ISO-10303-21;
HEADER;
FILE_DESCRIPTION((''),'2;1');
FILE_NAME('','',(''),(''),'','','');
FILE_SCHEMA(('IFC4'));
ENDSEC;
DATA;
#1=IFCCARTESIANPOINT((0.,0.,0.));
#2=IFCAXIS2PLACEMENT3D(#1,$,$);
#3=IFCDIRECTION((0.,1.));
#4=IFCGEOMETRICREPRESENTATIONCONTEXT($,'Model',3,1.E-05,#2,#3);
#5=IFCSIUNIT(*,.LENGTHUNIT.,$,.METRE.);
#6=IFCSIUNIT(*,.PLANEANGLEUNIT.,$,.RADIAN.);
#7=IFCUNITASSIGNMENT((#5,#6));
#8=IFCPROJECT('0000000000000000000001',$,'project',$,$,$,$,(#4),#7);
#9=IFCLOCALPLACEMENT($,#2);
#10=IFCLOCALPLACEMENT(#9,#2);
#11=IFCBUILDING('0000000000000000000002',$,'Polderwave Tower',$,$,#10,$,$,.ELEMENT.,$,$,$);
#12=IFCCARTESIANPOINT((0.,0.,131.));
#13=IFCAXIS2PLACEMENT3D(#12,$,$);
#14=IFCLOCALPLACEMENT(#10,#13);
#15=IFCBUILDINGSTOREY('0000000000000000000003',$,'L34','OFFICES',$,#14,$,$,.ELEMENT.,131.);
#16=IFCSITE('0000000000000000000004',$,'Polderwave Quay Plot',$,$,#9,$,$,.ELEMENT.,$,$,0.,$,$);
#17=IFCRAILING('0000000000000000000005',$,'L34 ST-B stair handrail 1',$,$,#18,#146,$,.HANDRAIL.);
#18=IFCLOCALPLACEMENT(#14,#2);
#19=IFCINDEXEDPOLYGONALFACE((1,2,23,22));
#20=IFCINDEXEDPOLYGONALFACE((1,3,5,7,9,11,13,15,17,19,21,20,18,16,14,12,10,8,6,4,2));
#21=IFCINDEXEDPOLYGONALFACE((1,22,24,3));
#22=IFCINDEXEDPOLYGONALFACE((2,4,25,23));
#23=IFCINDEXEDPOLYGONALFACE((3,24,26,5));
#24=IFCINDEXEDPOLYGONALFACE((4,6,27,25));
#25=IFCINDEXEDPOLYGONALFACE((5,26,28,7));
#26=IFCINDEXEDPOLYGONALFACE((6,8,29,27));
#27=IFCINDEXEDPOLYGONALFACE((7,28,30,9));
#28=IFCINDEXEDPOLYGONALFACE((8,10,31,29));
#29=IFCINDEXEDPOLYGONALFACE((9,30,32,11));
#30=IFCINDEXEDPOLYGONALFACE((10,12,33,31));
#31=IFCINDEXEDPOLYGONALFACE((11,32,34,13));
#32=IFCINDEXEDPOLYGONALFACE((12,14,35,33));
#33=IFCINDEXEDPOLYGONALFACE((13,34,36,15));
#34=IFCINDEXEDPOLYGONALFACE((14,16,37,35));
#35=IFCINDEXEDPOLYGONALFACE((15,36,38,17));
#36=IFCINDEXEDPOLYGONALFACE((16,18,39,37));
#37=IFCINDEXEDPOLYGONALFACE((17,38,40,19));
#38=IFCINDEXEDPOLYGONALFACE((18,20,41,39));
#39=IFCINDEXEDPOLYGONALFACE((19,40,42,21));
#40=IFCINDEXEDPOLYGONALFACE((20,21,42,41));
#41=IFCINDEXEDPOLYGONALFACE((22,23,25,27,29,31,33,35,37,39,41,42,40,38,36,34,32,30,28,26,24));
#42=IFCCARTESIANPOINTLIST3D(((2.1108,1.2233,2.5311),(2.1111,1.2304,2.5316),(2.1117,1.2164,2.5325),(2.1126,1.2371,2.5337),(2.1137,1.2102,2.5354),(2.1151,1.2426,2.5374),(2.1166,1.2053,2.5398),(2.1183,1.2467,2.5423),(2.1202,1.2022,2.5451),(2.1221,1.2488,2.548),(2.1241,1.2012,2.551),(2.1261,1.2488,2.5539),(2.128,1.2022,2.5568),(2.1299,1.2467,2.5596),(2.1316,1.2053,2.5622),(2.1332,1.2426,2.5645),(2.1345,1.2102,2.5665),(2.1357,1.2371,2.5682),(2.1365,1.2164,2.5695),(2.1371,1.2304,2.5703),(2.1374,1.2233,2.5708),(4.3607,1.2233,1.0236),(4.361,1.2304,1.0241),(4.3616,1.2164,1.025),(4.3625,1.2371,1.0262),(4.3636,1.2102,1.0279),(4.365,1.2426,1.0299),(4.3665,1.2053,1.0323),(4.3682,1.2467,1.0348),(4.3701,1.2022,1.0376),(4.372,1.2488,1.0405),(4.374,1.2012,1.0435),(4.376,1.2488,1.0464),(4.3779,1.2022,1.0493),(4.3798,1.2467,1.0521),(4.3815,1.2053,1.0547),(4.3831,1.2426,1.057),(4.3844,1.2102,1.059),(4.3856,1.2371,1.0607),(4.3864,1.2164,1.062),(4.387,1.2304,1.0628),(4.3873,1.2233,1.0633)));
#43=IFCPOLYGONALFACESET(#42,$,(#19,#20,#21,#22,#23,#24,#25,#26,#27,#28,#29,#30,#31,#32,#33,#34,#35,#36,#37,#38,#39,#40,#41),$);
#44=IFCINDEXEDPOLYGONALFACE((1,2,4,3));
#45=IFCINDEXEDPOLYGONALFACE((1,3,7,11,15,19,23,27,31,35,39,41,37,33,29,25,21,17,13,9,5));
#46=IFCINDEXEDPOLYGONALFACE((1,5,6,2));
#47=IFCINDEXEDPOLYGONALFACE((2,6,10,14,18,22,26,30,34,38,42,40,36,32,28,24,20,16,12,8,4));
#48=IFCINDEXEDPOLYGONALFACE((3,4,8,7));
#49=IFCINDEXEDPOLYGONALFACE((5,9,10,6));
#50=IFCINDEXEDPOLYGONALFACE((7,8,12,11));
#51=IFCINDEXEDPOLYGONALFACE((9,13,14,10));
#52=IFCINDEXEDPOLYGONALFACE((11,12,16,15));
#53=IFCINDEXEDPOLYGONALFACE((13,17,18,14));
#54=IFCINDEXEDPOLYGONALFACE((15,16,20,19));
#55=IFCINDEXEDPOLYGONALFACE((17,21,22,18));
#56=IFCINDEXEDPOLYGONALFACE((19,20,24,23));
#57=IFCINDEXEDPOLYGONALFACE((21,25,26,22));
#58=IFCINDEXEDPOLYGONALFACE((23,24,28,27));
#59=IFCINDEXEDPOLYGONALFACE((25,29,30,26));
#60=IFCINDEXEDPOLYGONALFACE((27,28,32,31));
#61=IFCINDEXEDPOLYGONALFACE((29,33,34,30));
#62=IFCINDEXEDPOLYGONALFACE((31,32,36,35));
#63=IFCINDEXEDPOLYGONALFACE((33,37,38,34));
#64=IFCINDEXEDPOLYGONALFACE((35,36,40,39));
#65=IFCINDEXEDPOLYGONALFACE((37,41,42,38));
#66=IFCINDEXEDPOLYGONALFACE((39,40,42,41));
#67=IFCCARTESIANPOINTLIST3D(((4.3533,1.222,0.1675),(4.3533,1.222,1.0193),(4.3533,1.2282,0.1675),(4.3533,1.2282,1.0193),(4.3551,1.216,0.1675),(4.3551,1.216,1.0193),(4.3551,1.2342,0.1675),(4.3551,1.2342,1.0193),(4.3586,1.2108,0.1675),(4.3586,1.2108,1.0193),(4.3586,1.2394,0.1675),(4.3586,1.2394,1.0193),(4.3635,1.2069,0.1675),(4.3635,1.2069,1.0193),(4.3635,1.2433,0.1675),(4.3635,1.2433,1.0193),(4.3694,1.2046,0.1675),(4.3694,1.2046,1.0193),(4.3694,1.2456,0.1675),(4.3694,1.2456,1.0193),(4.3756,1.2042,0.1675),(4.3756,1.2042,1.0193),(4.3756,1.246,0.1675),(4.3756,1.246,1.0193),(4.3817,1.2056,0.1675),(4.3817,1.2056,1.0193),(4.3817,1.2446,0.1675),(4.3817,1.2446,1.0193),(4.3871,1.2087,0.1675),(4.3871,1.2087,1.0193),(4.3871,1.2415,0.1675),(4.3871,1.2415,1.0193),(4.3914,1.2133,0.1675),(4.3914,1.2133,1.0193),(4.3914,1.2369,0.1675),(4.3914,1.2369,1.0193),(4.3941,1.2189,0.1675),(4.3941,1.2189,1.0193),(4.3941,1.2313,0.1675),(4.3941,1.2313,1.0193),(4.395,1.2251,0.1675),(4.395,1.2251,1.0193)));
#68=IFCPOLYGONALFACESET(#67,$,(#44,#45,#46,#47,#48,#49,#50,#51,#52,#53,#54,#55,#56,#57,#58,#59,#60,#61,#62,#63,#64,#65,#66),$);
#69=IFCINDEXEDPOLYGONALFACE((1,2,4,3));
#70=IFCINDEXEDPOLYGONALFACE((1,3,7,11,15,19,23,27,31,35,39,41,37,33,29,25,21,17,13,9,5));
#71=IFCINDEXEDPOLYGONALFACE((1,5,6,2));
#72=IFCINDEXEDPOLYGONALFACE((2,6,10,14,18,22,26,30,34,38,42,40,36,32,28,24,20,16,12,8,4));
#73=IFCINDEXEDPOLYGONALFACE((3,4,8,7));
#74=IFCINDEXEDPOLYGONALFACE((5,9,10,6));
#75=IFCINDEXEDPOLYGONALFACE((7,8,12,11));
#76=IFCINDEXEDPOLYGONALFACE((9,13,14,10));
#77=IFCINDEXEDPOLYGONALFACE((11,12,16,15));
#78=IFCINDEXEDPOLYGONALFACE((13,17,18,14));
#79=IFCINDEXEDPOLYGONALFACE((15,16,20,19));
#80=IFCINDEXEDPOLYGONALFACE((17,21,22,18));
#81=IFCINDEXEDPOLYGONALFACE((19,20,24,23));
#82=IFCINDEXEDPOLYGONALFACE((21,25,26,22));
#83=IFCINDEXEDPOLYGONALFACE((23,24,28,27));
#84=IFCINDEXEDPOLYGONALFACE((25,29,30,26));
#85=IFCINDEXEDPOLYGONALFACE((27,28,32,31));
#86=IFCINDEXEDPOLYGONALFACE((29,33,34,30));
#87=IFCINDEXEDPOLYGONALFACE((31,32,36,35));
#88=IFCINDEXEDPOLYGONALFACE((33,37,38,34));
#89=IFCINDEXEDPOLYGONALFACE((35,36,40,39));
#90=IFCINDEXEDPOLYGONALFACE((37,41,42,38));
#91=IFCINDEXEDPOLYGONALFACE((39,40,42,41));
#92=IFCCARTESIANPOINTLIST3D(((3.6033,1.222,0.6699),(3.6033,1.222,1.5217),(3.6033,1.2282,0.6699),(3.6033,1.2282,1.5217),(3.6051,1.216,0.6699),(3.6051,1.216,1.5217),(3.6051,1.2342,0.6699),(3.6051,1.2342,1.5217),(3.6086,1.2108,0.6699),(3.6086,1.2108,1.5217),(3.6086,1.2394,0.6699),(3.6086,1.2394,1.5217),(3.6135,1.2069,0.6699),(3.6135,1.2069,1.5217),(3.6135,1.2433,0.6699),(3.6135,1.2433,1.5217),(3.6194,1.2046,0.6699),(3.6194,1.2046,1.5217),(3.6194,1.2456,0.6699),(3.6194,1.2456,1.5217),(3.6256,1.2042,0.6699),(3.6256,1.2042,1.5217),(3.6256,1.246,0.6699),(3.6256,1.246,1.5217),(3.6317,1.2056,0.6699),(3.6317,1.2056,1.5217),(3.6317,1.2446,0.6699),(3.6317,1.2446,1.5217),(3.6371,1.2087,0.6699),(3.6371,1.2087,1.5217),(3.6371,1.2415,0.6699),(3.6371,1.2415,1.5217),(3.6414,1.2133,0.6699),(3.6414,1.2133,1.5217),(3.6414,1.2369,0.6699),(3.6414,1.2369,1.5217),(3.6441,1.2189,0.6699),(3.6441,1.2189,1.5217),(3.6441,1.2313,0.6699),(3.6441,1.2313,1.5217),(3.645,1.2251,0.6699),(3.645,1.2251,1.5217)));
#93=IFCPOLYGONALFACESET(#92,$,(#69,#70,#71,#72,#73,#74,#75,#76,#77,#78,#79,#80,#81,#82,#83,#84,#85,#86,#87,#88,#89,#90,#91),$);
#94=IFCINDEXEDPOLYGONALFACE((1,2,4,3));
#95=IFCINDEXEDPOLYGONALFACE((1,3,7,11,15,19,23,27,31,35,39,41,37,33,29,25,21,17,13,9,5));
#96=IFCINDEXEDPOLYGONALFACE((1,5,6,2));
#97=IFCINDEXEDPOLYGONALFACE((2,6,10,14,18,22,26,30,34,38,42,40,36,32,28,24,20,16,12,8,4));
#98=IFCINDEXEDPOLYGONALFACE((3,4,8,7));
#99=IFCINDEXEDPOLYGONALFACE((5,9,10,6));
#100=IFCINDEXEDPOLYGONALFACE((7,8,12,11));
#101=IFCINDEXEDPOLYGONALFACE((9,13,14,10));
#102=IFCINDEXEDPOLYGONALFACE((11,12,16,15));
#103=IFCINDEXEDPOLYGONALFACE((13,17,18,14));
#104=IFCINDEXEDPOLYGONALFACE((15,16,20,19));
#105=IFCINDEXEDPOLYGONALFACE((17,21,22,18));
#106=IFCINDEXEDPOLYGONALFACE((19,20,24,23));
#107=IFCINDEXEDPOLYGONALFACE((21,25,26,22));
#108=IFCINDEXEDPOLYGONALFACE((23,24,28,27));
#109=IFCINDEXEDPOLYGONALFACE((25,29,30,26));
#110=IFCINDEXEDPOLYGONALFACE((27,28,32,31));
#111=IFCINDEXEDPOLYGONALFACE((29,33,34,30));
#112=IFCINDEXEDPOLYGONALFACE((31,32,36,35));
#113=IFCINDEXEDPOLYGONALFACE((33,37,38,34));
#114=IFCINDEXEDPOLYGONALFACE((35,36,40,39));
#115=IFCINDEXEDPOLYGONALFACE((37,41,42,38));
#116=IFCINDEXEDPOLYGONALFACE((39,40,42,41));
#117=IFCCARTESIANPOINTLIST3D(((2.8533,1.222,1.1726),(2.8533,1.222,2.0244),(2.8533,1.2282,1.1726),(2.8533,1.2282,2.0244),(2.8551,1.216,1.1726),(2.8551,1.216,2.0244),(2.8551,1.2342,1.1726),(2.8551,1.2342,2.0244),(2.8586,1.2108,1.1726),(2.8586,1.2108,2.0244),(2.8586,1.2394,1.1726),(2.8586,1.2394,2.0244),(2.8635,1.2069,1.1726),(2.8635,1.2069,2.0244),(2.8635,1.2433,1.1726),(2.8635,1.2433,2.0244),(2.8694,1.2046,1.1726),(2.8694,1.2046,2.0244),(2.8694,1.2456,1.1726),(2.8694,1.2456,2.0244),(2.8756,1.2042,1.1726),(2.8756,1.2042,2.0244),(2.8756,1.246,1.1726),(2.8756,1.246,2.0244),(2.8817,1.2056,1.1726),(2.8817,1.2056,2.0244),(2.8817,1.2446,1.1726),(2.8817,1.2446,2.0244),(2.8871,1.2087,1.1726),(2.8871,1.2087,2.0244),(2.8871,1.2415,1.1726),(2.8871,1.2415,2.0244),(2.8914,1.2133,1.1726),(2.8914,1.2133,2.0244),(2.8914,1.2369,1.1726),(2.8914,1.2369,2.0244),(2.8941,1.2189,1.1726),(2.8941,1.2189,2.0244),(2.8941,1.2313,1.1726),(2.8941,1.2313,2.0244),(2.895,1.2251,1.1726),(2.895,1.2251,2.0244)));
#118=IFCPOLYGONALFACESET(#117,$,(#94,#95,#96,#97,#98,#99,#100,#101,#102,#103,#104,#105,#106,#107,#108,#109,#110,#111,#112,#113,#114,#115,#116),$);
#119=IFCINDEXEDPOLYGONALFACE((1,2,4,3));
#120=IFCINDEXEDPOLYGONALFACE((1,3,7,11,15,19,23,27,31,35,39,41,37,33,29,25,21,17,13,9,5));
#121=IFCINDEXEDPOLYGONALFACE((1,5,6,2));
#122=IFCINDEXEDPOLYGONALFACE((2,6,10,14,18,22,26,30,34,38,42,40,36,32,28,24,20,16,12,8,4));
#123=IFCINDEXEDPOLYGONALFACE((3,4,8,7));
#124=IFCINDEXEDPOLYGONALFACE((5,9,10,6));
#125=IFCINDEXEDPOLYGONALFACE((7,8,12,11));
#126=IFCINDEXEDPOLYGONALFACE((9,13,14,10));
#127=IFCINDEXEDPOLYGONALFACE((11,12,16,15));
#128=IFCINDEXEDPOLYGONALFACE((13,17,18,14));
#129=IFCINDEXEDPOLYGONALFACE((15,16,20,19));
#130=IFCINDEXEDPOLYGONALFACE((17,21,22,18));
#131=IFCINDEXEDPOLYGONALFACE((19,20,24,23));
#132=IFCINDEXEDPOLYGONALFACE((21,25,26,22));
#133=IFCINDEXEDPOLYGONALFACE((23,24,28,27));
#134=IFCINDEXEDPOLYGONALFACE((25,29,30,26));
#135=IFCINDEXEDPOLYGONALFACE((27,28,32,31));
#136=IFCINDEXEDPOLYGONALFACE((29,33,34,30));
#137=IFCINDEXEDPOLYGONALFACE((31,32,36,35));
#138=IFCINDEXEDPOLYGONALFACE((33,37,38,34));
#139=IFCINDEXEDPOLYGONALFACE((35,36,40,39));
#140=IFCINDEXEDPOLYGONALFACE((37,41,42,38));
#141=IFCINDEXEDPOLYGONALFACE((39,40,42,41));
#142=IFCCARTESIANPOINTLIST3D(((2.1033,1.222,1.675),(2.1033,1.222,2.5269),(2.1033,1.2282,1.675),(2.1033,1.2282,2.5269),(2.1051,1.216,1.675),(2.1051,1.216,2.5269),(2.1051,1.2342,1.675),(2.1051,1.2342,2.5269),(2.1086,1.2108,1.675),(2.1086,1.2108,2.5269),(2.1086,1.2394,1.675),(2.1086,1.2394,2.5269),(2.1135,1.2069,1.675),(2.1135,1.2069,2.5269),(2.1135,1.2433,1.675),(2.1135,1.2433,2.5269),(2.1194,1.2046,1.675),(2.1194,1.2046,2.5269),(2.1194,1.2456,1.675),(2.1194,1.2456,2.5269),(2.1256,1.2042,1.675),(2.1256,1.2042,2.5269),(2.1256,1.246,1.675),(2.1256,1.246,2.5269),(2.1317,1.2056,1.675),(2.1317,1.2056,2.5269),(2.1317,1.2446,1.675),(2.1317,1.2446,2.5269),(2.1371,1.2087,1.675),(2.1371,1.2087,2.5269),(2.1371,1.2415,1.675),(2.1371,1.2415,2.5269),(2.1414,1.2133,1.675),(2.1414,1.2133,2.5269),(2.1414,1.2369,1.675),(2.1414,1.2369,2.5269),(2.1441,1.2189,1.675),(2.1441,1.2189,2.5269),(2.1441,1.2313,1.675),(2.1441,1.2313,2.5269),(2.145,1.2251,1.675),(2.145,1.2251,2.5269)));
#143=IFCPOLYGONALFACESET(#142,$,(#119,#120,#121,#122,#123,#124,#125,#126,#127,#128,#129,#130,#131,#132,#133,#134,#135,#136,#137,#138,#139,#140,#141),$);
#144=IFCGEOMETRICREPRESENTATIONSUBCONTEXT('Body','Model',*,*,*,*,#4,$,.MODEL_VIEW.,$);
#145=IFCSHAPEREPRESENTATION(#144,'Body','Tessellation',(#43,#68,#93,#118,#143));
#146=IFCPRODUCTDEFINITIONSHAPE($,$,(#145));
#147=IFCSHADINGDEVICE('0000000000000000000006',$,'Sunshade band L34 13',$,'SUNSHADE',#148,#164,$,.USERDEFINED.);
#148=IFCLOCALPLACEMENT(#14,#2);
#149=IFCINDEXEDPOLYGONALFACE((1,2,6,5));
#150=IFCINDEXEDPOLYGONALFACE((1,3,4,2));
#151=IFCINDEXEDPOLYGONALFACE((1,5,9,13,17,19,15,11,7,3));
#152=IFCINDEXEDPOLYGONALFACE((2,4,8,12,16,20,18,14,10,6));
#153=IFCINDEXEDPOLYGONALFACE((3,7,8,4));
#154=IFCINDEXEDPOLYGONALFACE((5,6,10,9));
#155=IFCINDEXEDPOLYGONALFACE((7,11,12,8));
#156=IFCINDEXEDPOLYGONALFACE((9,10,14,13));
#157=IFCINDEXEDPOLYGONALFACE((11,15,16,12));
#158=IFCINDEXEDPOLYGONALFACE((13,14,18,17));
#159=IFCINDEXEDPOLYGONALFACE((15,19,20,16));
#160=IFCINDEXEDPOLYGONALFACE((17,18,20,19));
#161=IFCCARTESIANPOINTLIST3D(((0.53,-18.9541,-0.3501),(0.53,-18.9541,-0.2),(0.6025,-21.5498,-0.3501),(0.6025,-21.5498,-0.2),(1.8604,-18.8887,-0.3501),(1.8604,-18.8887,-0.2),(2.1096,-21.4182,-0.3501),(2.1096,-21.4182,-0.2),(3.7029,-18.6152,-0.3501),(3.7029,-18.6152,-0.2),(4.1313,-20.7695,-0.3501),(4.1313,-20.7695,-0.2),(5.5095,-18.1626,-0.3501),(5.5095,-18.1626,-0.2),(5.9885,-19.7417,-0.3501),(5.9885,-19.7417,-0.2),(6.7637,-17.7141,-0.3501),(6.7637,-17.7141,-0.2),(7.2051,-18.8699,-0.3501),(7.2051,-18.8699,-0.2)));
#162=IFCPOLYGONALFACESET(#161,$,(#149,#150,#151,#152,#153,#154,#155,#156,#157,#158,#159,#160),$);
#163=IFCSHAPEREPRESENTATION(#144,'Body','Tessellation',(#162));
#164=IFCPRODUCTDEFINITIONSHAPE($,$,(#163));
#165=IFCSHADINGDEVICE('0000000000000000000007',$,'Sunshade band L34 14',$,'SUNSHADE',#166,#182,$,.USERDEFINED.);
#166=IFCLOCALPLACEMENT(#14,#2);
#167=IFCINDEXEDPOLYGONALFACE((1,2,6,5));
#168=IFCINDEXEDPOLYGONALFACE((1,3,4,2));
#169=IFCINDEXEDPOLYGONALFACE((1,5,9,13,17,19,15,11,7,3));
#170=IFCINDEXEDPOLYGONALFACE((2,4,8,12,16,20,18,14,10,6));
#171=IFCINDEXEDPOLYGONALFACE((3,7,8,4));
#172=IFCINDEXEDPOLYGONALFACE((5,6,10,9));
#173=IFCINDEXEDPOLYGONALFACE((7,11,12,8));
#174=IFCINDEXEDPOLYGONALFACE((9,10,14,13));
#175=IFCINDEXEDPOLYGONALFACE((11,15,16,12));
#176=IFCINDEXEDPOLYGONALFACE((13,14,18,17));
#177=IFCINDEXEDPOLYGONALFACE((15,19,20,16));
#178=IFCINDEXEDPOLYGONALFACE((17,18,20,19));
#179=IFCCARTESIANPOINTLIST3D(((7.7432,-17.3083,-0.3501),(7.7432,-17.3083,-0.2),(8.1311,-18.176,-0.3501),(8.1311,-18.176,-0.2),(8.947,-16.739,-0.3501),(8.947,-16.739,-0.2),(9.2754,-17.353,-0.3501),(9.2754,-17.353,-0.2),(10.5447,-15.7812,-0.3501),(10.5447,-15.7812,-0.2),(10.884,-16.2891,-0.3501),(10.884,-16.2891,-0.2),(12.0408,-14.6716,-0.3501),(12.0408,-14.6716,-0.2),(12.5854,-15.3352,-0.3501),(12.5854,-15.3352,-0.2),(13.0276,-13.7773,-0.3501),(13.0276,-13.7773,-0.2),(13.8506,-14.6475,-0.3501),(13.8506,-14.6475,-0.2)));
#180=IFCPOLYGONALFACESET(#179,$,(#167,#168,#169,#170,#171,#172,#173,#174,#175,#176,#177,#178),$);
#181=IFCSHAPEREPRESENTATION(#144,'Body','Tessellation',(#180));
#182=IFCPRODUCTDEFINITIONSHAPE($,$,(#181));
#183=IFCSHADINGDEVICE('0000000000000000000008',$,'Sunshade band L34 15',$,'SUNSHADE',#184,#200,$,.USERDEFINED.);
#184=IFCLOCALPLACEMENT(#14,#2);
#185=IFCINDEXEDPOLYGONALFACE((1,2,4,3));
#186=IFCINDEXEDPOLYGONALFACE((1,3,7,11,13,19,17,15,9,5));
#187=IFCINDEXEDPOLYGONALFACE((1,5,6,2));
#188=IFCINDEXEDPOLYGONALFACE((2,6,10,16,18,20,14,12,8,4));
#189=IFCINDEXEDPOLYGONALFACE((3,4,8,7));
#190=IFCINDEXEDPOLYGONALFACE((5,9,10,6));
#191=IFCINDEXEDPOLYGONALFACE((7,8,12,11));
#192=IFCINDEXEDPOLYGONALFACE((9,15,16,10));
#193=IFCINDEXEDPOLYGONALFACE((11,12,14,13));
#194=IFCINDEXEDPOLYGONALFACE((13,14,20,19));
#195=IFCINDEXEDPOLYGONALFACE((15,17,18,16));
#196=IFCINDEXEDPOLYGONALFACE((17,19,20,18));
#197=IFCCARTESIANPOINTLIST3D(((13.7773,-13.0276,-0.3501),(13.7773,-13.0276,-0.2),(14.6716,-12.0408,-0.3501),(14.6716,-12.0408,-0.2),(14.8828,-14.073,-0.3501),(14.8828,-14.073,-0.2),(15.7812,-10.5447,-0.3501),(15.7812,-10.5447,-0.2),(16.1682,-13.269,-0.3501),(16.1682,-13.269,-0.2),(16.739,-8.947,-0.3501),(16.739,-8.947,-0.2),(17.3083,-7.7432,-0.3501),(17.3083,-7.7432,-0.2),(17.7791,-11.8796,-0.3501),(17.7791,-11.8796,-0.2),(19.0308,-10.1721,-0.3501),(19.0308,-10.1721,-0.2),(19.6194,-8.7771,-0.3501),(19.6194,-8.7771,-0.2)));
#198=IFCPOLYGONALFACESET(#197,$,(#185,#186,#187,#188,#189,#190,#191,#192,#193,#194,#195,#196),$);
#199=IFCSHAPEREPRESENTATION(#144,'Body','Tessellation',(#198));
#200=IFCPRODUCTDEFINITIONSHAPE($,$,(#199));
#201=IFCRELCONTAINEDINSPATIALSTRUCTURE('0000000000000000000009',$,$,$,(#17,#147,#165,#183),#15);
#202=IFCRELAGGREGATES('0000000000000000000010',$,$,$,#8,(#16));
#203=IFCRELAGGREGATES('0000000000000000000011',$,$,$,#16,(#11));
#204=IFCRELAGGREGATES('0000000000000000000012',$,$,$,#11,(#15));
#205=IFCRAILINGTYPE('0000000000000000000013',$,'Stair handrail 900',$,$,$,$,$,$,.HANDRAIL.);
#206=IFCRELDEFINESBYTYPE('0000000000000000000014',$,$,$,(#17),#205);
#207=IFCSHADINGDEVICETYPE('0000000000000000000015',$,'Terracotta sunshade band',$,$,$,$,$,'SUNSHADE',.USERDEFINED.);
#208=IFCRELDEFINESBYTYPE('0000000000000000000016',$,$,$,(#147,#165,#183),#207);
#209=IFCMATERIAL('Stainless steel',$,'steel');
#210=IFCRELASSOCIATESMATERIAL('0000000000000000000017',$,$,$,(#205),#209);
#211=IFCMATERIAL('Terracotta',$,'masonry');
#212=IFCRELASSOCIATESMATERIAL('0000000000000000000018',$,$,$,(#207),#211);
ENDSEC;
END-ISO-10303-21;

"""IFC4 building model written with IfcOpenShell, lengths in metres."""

from ifc_helpers import new_model, si_unit, direction, frame, origin, origin_2d, place, context, subcontext, project, spatial, polyline, circle, outline, extrude, material, type_object, element, save


model = new_model("IFC4")

# Units and contexts
model_context = context("Model", 3, precision=1e-05, world=origin(), true_north=direction((0.0, 1.0)))
body_context = subcontext(model_context, "Body", "Model", "MODEL_VIEW")
ifc_project = project(units=[si_unit("LENGTHUNIT", "METRE"), si_unit("PLANEANGLEUNIT", "RADIAN")], contexts=[model_context])

# Site, building, storey
site_placement = place(None, origin())
site = spatial("IfcSite", under=ifc_project, at=site_placement, Name="Polderwave Quay Plot", CompositionType="ELEMENT", RefElevation=0.0)
building_placement = place(site_placement, origin())
building = spatial("IfcBuilding", under=site, at=building_placement, Name="Polderwave Tower", CompositionType="ELEMENT")
storey_placement = place(building_placement, frame((0.0, 0.0, 131.0)))
storey = spatial("IfcBuildingStorey", under=building, at=storey_placement, Name="L34", Description="OFFICES", CompositionType="ELEMENT", Elevation=131.0)

# Shared definitions
ifc_material_1 = material(Name="Stainless steel", Category="steel")

# Railing
railing_type_1 = type_object("IfcRailingType", Name="Stair handrail 900", PredefinedType="HANDRAIL", material=ifc_material_1)
railing_1_placement = place(storey_placement, frame((4.374, 1.2251, 0.1675)))
element("IfcRailing", 1, at=railing_1_placement, inside=storey, type_object=railing_type_1, Name="L34 ST-B stair handrail 1", PredefinedType="HANDRAIL", context=body_context, shape_type="SweptSolid", body=[
    extrude(circle(Radius=0.0239, at=origin_2d()), frame((0.0, 0.0, 0.876), z_axis=(-0.830758, 0.0, 0.556633), x_axis=(0.0, -1.0, 0.0)), (0.0, 0.0, 1.0), 2.7083),
    extrude(circle(Radius=0.021, at=origin_2d()), origin(), (0.0, 0.0, 1.0), 0.8518),
    extrude(circle(Radius=0.021, at=origin_2d()), frame((-0.75, 0.0, 0.5024)), (0.0, 0.0, 1.0), 0.8518),
    extrude(circle(Radius=0.021, at=origin_2d()), frame((-1.5, 0.0, 1.0051)), (0.0, 0.0, 1.0), 0.8518),
    extrude(circle(Radius=0.021, at=origin_2d()), frame((-2.25, 0.0, 1.5076)), (0.0, 0.0, 1.0), 0.8518),
])

# Shading devices
ifc_material_2 = material(Name="Terracotta", Category="masonry")
shading_device_type = type_object("IfcShadingDeviceType", Name="Terracotta sunshade band", ElementType="SUNSHADE", PredefinedType="USERDEFINED", material=ifc_material_2)
shading_device_1_placement = place(storey_placement, frame((0.0, 0.0, -0.3501)))
element("IfcShadingDevice", 2, at=shading_device_1_placement, inside=storey, type_object=shading_device_type, Name="Sunshade band L34 13", ObjectType="SUNSHADE", PredefinedType="USERDEFINED", context=body_context, shape_type="SweptSolid", body=[
    extrude(outline(polyline([(0.53, -18.9541), (1.8604, -18.8887), (3.7029, -18.6152), (5.5095, -18.1626), (6.7637, -17.7141), (7.2051, -18.8699), (5.9885, -19.7417), (4.1313, -20.7695), (2.1096, -21.4182), (0.6025, -21.5498), (0.53, -18.9541)])), origin(), (0.0, 0.0, 1.0), 0.1501),
])
shading_device_2_placement = place(storey_placement, frame((0.0, 0.0, -0.3501)))
element("IfcShadingDevice", 3, at=shading_device_2_placement, inside=storey, type_object=shading_device_type, Name="Sunshade band L34 14", ObjectType="SUNSHADE", PredefinedType="USERDEFINED", context=body_context, shape_type="SweptSolid", body=[
    extrude(outline(polyline([(7.7432, -17.3083), (8.947, -16.739), (10.5447, -15.7812), (12.0408, -14.6716), (13.0276, -13.7773), (13.8506, -14.6475), (12.5854, -15.3352), (10.884, -16.2891), (9.2754, -17.353), (8.1311, -18.176), (7.7432, -17.3083)])), origin(), (0.0, 0.0, 1.0), 0.1501),
])
shading_device_3_placement = place(storey_placement, frame((0.0, 0.0, -0.3501)))
element("IfcShadingDevice", 4, at=shading_device_3_placement, inside=storey, type_object=shading_device_type, Name="Sunshade band L34 15", ObjectType="SUNSHADE", PredefinedType="USERDEFINED", context=body_context, shape_type="SweptSolid", body=[
    extrude(outline(polyline([(13.7773, -13.0276), (14.6716, -12.0408), (15.7812, -10.5447), (16.739, -8.947), (17.3083, -7.7432), (19.6194, -8.7771), (19.0308, -10.1721), (17.7791, -11.8796), (16.1682, -13.269), (14.8828, -14.073), (13.7773, -13.0276)])), origin(), (0.0, 0.0, 1.0), 0.1501),
])

save(model, "model.ifc")
